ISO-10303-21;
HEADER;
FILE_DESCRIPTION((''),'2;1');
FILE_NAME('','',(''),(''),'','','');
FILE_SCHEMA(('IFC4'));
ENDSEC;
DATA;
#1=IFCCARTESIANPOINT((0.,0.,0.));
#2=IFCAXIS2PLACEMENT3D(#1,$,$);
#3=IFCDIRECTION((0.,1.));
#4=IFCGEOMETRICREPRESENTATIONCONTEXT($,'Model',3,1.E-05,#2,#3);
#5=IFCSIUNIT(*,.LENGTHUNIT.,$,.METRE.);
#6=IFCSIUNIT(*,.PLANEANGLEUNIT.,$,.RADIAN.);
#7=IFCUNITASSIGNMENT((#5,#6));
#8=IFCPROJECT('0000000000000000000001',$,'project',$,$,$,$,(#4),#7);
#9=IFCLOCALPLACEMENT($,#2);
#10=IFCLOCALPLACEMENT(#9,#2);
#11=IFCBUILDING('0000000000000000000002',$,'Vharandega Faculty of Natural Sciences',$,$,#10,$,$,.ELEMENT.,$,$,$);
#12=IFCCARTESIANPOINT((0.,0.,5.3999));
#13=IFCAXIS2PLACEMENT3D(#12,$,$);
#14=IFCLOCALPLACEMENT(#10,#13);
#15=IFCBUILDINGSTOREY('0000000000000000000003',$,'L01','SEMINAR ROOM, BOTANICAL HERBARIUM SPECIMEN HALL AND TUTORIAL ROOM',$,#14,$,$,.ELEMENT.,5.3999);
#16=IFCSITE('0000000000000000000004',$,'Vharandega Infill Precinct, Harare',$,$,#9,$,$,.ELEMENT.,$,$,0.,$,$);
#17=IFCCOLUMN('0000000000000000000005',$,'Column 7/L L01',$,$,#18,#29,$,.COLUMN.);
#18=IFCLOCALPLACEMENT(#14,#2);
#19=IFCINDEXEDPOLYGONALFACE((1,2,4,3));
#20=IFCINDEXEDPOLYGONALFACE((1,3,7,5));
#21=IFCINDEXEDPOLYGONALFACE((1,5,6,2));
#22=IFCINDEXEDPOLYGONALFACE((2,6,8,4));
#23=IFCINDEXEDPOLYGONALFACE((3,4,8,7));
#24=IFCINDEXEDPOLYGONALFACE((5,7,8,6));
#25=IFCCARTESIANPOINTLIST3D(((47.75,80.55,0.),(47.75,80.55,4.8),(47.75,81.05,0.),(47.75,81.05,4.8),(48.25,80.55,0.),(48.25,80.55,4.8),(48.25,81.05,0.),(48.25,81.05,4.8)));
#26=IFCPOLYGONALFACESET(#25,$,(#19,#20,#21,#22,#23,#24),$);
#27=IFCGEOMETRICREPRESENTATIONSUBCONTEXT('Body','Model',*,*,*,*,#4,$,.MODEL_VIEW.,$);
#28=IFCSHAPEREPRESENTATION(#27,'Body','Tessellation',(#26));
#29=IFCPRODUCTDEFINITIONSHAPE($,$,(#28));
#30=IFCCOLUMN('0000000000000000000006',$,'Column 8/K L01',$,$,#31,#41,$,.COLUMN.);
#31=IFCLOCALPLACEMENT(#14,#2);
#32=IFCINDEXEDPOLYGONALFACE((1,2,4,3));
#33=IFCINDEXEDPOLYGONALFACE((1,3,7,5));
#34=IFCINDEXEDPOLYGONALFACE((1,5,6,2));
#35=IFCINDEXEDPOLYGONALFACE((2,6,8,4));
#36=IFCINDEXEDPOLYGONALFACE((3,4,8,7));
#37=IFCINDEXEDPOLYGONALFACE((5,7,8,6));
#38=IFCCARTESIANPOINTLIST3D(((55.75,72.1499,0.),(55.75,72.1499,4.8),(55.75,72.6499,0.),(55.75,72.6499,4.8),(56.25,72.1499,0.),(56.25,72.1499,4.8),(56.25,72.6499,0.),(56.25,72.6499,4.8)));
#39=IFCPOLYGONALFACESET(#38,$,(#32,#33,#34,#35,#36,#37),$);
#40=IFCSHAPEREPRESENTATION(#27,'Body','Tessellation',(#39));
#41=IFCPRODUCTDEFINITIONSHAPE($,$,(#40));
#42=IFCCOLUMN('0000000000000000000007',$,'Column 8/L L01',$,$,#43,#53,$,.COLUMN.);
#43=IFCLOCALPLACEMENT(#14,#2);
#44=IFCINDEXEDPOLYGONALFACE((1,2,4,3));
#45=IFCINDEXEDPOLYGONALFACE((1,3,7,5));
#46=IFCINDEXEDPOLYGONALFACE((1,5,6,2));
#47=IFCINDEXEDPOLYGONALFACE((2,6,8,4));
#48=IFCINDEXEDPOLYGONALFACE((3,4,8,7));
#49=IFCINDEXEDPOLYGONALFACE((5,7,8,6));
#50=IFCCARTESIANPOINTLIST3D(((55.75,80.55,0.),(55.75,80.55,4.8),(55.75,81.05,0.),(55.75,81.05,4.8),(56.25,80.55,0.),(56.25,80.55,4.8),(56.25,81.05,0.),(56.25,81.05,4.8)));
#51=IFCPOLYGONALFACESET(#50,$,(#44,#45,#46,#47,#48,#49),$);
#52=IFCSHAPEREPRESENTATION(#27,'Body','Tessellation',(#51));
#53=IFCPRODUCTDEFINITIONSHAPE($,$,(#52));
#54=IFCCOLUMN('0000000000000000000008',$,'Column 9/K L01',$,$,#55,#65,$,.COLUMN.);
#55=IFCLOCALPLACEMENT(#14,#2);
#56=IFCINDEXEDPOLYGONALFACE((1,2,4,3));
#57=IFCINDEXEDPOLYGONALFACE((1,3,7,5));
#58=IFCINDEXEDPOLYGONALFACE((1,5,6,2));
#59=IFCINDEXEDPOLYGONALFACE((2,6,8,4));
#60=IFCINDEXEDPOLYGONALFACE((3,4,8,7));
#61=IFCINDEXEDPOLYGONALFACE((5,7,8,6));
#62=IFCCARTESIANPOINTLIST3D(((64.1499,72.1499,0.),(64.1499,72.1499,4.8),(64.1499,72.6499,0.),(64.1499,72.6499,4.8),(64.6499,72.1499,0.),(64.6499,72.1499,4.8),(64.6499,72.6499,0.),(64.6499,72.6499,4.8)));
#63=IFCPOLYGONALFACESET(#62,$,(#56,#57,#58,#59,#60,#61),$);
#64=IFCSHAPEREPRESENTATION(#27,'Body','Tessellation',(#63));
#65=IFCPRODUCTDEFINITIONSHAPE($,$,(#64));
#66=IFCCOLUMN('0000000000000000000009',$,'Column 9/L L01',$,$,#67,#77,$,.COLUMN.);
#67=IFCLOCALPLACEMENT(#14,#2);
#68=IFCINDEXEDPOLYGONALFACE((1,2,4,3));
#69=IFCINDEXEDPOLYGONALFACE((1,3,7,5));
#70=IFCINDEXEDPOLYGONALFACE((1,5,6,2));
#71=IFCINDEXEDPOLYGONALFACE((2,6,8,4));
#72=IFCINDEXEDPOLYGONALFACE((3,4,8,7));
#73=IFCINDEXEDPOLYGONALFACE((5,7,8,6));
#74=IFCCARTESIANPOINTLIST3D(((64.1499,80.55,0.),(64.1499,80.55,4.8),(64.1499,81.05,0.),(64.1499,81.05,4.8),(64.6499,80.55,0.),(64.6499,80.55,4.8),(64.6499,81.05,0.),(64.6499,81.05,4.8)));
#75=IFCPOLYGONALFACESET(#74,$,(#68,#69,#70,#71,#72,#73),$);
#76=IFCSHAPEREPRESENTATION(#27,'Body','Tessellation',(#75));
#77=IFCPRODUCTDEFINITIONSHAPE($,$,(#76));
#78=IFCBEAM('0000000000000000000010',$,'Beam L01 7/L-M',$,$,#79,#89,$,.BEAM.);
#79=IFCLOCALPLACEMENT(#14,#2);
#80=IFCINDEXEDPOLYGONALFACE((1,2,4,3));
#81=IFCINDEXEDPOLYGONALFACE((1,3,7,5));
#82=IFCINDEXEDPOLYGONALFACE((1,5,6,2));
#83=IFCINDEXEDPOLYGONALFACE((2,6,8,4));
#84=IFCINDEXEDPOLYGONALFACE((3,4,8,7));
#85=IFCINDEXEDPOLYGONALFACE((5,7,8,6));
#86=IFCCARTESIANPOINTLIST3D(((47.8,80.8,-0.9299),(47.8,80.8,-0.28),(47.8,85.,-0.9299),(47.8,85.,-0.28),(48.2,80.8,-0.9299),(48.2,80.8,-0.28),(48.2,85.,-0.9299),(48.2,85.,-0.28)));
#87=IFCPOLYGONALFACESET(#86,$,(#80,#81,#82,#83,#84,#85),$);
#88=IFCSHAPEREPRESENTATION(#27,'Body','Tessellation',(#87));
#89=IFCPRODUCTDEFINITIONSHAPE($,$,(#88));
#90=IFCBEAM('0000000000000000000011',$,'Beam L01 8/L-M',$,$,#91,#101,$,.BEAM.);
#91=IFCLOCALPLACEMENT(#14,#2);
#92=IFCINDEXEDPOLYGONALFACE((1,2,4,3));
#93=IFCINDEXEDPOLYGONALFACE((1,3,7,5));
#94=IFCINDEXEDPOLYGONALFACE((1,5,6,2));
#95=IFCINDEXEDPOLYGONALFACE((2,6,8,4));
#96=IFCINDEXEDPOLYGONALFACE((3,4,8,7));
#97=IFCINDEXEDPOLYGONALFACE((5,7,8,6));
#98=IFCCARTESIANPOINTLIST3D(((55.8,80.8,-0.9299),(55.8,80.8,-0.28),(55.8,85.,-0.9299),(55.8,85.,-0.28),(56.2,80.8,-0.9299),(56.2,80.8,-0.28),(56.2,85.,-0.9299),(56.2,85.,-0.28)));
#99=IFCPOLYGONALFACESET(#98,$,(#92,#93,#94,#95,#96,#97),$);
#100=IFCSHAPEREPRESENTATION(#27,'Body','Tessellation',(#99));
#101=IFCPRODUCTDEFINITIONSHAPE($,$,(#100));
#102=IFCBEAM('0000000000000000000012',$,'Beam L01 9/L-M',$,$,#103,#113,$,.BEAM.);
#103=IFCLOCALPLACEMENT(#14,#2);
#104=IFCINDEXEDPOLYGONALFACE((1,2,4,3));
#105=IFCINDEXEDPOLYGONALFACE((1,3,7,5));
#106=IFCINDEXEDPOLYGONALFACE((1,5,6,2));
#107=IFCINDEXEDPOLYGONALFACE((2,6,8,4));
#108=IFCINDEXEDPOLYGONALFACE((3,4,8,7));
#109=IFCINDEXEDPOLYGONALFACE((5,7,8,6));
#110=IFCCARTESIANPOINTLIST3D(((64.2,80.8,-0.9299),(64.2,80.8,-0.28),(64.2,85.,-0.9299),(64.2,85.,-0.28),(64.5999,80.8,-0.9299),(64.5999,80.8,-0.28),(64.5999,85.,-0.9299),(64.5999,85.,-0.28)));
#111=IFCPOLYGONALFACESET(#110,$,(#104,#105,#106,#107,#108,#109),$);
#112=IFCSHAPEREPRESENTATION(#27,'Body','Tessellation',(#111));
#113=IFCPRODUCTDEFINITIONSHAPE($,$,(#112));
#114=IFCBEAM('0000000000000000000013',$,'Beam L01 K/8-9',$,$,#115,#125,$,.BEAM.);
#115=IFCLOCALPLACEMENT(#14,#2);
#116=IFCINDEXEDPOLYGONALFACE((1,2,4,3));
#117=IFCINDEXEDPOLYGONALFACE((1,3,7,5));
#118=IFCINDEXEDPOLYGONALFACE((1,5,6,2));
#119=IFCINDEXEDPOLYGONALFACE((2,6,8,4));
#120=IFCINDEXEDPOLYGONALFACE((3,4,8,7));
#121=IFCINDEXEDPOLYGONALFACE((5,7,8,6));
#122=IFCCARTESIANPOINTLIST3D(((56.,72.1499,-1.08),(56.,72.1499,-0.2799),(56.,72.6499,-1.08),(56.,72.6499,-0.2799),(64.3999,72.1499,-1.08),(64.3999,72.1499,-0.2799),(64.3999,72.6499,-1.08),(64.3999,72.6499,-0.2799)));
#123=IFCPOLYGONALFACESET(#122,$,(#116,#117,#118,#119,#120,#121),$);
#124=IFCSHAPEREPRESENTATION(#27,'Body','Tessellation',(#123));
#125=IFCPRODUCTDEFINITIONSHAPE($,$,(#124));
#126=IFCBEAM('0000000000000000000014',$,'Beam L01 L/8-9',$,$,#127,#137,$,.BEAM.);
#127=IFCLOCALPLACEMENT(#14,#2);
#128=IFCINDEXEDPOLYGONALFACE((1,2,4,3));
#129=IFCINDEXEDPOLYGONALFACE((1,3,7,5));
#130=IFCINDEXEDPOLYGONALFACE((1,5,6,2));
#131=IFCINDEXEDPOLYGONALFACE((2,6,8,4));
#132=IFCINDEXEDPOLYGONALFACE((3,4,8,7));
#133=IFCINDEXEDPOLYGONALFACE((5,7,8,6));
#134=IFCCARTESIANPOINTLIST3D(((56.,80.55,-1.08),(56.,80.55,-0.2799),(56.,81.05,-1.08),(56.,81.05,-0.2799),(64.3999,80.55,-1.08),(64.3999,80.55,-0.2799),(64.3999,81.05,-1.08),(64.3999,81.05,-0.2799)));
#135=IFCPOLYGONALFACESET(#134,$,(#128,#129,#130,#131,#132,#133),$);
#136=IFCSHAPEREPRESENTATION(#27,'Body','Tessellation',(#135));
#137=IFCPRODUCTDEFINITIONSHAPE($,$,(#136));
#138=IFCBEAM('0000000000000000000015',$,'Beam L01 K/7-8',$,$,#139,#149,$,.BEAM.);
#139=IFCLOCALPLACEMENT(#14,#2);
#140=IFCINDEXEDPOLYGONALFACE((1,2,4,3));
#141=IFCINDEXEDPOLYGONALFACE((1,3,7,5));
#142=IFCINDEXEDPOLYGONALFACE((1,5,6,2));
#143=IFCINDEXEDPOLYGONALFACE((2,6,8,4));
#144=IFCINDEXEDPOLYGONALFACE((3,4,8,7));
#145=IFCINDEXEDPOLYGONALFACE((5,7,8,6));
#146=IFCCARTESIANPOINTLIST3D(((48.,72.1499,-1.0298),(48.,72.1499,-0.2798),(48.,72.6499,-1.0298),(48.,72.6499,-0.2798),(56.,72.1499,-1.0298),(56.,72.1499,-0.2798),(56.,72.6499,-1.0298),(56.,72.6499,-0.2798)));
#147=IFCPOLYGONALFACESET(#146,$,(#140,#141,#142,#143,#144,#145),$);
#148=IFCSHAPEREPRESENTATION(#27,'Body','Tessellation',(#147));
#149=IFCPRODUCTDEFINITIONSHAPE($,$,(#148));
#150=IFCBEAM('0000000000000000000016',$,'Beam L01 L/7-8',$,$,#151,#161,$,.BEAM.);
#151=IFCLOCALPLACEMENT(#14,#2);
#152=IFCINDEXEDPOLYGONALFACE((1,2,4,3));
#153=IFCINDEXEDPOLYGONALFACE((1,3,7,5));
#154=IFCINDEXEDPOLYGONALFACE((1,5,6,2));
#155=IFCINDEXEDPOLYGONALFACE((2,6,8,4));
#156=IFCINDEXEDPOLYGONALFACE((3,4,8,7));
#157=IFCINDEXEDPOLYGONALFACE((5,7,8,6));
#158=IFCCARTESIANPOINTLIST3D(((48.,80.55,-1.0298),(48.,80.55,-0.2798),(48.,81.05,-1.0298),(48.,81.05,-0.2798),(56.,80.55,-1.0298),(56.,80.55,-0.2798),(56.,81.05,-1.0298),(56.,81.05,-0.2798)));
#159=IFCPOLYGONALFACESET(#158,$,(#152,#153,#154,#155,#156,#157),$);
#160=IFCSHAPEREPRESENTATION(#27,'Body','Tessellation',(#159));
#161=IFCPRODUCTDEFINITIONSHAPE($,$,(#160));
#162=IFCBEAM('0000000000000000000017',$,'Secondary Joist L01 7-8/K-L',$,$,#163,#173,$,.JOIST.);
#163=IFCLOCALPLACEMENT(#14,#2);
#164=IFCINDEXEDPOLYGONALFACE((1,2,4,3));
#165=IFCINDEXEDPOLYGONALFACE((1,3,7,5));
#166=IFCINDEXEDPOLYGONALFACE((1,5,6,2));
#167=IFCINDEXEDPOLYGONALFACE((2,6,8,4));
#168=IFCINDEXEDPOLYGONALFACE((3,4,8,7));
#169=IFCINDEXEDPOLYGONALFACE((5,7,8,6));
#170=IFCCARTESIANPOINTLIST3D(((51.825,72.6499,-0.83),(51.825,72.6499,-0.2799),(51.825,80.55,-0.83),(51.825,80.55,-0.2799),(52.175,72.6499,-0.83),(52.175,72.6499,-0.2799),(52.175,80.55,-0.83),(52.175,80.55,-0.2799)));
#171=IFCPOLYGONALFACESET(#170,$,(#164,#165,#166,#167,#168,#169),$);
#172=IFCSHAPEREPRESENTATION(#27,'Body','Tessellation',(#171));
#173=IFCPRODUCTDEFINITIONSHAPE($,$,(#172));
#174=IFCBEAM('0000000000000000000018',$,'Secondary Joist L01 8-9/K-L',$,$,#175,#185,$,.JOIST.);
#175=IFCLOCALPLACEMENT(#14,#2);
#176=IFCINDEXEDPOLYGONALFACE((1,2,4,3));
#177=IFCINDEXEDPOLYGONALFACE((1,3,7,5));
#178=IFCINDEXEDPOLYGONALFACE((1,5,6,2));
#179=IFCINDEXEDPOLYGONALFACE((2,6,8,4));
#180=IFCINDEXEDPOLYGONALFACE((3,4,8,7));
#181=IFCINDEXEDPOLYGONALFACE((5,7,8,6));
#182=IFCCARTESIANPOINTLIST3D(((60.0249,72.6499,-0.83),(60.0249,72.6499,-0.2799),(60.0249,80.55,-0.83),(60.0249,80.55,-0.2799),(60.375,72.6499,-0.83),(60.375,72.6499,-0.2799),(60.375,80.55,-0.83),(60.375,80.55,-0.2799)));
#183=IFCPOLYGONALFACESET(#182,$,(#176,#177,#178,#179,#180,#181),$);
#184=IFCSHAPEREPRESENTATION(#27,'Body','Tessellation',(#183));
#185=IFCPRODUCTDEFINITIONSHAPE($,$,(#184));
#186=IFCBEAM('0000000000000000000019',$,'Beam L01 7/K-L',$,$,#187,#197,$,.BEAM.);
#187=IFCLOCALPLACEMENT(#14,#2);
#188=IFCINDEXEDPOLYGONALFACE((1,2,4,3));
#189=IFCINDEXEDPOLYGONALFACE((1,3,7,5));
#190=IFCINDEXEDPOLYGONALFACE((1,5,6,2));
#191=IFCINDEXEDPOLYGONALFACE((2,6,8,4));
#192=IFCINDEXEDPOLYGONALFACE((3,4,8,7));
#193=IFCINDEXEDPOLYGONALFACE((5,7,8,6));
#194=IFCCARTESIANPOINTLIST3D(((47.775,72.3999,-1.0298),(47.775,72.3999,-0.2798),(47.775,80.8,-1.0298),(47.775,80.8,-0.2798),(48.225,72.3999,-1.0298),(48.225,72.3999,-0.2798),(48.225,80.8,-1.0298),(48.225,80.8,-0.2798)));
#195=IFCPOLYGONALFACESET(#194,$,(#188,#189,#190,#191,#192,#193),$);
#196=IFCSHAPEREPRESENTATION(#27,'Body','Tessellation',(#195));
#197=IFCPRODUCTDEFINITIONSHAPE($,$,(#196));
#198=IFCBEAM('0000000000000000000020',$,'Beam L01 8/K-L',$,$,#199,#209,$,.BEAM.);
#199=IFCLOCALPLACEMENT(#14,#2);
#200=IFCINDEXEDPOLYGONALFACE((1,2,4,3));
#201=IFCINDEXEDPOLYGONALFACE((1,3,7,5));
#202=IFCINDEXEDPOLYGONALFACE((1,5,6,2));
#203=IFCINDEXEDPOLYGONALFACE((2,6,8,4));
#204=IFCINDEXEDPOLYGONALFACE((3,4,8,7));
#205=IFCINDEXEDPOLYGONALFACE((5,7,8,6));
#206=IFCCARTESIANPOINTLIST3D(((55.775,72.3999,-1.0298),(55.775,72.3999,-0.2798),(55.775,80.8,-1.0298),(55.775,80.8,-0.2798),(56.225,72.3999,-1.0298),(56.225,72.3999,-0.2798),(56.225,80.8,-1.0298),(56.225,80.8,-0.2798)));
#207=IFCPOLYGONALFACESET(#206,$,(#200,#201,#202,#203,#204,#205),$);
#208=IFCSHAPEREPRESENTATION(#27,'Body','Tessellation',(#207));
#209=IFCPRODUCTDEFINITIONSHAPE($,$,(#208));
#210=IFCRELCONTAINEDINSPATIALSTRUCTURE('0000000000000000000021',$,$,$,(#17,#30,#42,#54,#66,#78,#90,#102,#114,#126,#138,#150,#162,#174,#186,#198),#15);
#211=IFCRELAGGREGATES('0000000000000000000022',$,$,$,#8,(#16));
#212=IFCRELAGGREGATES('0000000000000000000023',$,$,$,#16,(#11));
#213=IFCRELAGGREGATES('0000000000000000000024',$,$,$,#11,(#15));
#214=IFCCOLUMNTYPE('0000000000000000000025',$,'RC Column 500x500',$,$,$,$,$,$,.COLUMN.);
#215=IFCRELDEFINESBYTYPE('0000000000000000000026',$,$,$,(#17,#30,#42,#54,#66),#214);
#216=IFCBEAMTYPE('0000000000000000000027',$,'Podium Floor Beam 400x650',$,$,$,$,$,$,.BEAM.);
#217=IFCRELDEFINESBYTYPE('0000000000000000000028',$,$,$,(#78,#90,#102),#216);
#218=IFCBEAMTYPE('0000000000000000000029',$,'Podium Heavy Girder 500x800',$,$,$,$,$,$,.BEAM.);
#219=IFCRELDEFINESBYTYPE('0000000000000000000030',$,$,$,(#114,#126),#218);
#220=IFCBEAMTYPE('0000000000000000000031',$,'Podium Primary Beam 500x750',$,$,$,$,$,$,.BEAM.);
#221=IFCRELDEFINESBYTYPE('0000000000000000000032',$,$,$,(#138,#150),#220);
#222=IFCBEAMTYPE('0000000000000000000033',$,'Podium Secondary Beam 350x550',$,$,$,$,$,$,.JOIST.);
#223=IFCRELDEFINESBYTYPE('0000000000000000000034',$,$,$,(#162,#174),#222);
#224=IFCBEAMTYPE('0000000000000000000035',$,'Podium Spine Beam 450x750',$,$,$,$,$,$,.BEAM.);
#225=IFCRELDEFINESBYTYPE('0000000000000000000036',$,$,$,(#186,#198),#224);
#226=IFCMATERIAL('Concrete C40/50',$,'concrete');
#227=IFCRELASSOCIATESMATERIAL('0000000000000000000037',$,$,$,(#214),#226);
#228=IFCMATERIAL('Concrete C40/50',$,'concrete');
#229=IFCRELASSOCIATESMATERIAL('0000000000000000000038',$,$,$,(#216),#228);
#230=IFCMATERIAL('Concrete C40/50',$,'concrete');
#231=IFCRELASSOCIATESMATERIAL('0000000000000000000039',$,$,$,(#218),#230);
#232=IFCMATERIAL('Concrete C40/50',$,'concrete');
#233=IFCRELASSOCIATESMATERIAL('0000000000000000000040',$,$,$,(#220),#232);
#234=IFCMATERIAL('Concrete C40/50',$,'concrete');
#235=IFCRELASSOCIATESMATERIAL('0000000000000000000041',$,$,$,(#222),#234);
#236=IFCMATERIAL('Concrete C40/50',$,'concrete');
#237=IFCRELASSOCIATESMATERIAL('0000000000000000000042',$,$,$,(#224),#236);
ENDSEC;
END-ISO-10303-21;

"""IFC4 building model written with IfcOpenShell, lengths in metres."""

from ifc_helpers import new_model, si_unit, direction, frame, origin, origin_2d, place, context, subcontext, project, spatial, rectangle, extrude, material, material_profile, profile_set, type_object, element, save


model = new_model("IFC4")

# Units and contexts
model_context = context("Model", 3, precision=1e-05, world=origin(), true_north=direction((0.0, 1.0)))
body_context = subcontext(model_context, "Body", "Model", "MODEL_VIEW")
ifc_project = project(units=[si_unit("LENGTHUNIT", "METRE"), si_unit("PLANEANGLEUNIT", "RADIAN")], contexts=[model_context])

# Site, building, storey
site_placement = place(None, origin())
site = spatial("IfcSite", under=ifc_project, at=site_placement, Name="Vharandega Infill Precinct, Harare", CompositionType="ELEMENT", RefElevation=0.0)
building_placement = place(site_placement, origin())
building = spatial("IfcBuilding", under=site, at=building_placement, Name="Vharandega Faculty of Natural Sciences", CompositionType="ELEMENT")
storey_placement = place(building_placement, frame((0.0, 0.0, 5.3999)))
storey = spatial("IfcBuildingStorey", under=building, at=storey_placement, Name="L01", Description="SEMINAR ROOM, BOTANICAL HERBARIUM SPECIMEN HALL AND TUTORIAL ROOM", CompositionType="ELEMENT", Elevation=5.3999)

# Columns
ifc_material_1 = material(Name="Concrete C40/50", Category="concrete")
ifc_material_profile_1 = material_profile(ifc_material_1, rectangle(XDim=0.5, YDim=0.5, at=origin_2d()), Name="RC 500x500")
ifc_profile_set_1 = profile_set([ifc_material_profile_1], Name="Concrete C40/50")
column_type = type_object("IfcColumnType", Name="RC Column 500x500", PredefinedType="COLUMN", material=ifc_profile_set_1)
for number, where, z_axis, x_axis, name in (
    (1, (48.0, 80.8, 0.0), (0.0, 0.0, 1.0), (1.0, 0.0, 0.0), "Column 7/L L01"),
    (2, (56.0, 72.3999, 0.0), (0.0, 0.0, 1.0), (1.0, 0.0, 0.0), "Column 8/K L01"),
    (3, (56.0, 80.8, 0.0), (0.0, 0.0, 1.0), (1.0, 0.0, 0.0), "Column 8/L L01"),
    (4, (64.3999, 72.3999, 0.0), (0.0, 0.0, 1.0), (1.0, 0.0, 0.0), "Column 9/K L01"),
    (5, (64.3999, 80.8, 0.0), (0.0, 0.0, 1.0), (1.0, 0.0, 0.0), "Column 9/L L01"),
):
    element("IfcColumn", number, at=place(storey_placement, frame(where, z_axis=z_axis, x_axis=x_axis)), inside=storey, type_object=column_type, Name=name, PredefinedType="COLUMN", context=body_context, shape_type="SweptSolid", body=[
        extrude(rectangle(XDim=0.5, YDim=0.5, at=origin_2d()), origin(), (0.0, 0.0, 1.0), 4.8),
    ])

# Beams
ifc_material_2 = material(Name="Concrete C40/50", Category="concrete")
ifc_material_profile_2 = material_profile(ifc_material_2, rectangle(XDim=0.3999, YDim=0.6499, at=origin_2d()), Name="RC 400x650")
ifc_profile_set_2 = profile_set([ifc_material_profile_2], Name="Concrete C40/50")
beam_type_1 = type_object("IfcBeamType", Name="Podium Floor Beam 400x650", PredefinedType="BEAM", material=ifc_profile_set_2)
for number, where, z_axis, x_axis, name in (
    (6, (48.0, 80.8, -0.605), (0.0, 1.0, 0.0), (-1.0, 0.0, 0.0), "Beam L01 7/L-M"),
    (7, (56.0, 80.8, -0.605), (0.0, 1.0, 0.0), (-1.0, 0.0, 0.0), "Beam L01 8/L-M"),
    (8, (64.3999, 80.8, -0.605), (0.0, 1.0, 0.0), (-1.0, 0.0, 0.0), "Beam L01 9/L-M"),
):
    element("IfcBeam", number, at=place(storey_placement, frame(where, z_axis=z_axis, x_axis=x_axis)), inside=storey, type_object=beam_type_1, Name=name, PredefinedType="BEAM", context=body_context, shape_type="SweptSolid", body=[
        extrude(rectangle(XDim=0.3999, YDim=0.6499, at=origin_2d()), origin(), (0.0, 0.0, 1.0), 4.2),
    ])
ifc_material_3 = material(Name="Concrete C40/50", Category="concrete")
ifc_material_profile_3 = material_profile(ifc_material_3, rectangle(XDim=0.5, YDim=0.8, at=origin_2d()), Name="RC 500x800")
ifc_profile_set_3 = profile_set([ifc_material_profile_3], Name="Concrete C40/50")
beam_type_2 = type_object("IfcBeamType", Name="Podium Heavy Girder 500x800", PredefinedType="BEAM", material=ifc_profile_set_3)
for number, where, z_axis, x_axis, name in (
    (9, (56.0, 72.3999, -0.6799), (1.0, 0.0, 0.0), (0.0, 1.0, 0.0), "Beam L01 K/8-9"),
    (10, (56.0, 80.8, -0.6799), (1.0, 0.0, 0.0), (0.0, 1.0, 0.0), "Beam L01 L/8-9"),
):
    element("IfcBeam", number, at=place(storey_placement, frame(where, z_axis=z_axis, x_axis=x_axis)), inside=storey, type_object=beam_type_2, Name=name, PredefinedType="BEAM", context=body_context, shape_type="SweptSolid", body=[
        extrude(rectangle(XDim=0.5, YDim=0.8, at=origin_2d()), origin(), (0.0, 0.0, 1.0), 8.3999),
    ])
ifc_material_4 = material(Name="Concrete C40/50", Category="concrete")
ifc_material_profile_4 = material_profile(ifc_material_4, rectangle(XDim=0.5, YDim=0.75, at=origin_2d()), Name="RC 500x750")
ifc_profile_set_4 = profile_set([ifc_material_profile_4], Name="Concrete C40/50")
beam_type_3 = type_object("IfcBeamType", Name="Podium Primary Beam 500x750", PredefinedType="BEAM", material=ifc_profile_set_4)
for number, where, z_axis, x_axis, name in (
    (11, (48.0, 72.3999, -0.6548), (1.0, 0.0, 0.0), (0.0, 1.0, 0.0), "Beam L01 K/7-8"),
    (12, (48.0, 80.8, -0.6548), (1.0, 0.0, 0.0), (0.0, 1.0, 0.0), "Beam L01 L/7-8"),
):
    element("IfcBeam", number, at=place(storey_placement, frame(where, z_axis=z_axis, x_axis=x_axis)), inside=storey, type_object=beam_type_3, Name=name, PredefinedType="BEAM", context=body_context, shape_type="SweptSolid", body=[
        extrude(rectangle(XDim=0.5, YDim=0.75, at=origin_2d()), origin(), (0.0, 0.0, 1.0), 8.0),
    ])
ifc_material_5 = material(Name="Concrete C40/50", Category="concrete")
ifc_material_profile_5 = material_profile(ifc_material_5, rectangle(XDim=0.3501, YDim=0.55, at=origin_2d()), Name="RC 350x550")
ifc_profile_set_5 = profile_set([ifc_material_profile_5], Name="Concrete C40/50")
beam_type_4 = type_object("IfcBeamType", Name="Podium Secondary Beam 350x550", PredefinedType="JOIST", material=ifc_profile_set_5)
for number, where, z_axis, x_axis, name in (
    (13, (52.0, 72.6499, -0.5549), (0.0, 1.0, 0.0), (-1.0, 0.0, 0.0), "Secondary Joist L01 7-8/K-L"),
    (14, (60.2, 72.6499, -0.5549), (0.0, 1.0, 0.0), (-1.0, 0.0, 0.0), "Secondary Joist L01 8-9/K-L"),
):
    element("IfcBeam", number, at=place(storey_placement, frame(where, z_axis=z_axis, x_axis=x_axis)), inside=storey, type_object=beam_type_4, Name=name, PredefinedType="JOIST", context=body_context, shape_type="SweptSolid", body=[
        extrude(rectangle(XDim=0.3501, YDim=0.55, at=origin_2d()), origin(), (0.0, 0.0, 1.0), 7.9001),
    ])
ifc_material_6 = material(Name="Concrete C40/50", Category="concrete")
ifc_material_profile_6 = material_profile(ifc_material_6, rectangle(XDim=0.45, YDim=0.75, at=origin_2d()), Name="RC 450x750")
ifc_profile_set_6 = profile_set([ifc_material_profile_6], Name="Concrete C40/50")
beam_type_5 = type_object("IfcBeamType", Name="Podium Spine Beam 450x750", PredefinedType="BEAM", material=ifc_profile_set_6)
for number, where, z_axis, x_axis, name in (
    (15, (48.0, 72.3999, -0.6548), (0.0, 1.0, 0.0), (-1.0, 0.0, 0.0), "Beam L01 7/K-L"),
    (16, (56.0, 72.3999, -0.6548), (0.0, 1.0, 0.0), (-1.0, 0.0, 0.0), "Beam L01 8/K-L"),
):
    element("IfcBeam", number, at=place(storey_placement, frame(where, z_axis=z_axis, x_axis=x_axis)), inside=storey, type_object=beam_type_5, Name=name, PredefinedType="BEAM", context=body_context, shape_type="SweptSolid", body=[
        extrude(rectangle(XDim=0.45, YDim=0.75, at=origin_2d()), origin(), (0.0, 0.0, 1.0), 8.4001),
    ])

save(model, "model.ifc")
